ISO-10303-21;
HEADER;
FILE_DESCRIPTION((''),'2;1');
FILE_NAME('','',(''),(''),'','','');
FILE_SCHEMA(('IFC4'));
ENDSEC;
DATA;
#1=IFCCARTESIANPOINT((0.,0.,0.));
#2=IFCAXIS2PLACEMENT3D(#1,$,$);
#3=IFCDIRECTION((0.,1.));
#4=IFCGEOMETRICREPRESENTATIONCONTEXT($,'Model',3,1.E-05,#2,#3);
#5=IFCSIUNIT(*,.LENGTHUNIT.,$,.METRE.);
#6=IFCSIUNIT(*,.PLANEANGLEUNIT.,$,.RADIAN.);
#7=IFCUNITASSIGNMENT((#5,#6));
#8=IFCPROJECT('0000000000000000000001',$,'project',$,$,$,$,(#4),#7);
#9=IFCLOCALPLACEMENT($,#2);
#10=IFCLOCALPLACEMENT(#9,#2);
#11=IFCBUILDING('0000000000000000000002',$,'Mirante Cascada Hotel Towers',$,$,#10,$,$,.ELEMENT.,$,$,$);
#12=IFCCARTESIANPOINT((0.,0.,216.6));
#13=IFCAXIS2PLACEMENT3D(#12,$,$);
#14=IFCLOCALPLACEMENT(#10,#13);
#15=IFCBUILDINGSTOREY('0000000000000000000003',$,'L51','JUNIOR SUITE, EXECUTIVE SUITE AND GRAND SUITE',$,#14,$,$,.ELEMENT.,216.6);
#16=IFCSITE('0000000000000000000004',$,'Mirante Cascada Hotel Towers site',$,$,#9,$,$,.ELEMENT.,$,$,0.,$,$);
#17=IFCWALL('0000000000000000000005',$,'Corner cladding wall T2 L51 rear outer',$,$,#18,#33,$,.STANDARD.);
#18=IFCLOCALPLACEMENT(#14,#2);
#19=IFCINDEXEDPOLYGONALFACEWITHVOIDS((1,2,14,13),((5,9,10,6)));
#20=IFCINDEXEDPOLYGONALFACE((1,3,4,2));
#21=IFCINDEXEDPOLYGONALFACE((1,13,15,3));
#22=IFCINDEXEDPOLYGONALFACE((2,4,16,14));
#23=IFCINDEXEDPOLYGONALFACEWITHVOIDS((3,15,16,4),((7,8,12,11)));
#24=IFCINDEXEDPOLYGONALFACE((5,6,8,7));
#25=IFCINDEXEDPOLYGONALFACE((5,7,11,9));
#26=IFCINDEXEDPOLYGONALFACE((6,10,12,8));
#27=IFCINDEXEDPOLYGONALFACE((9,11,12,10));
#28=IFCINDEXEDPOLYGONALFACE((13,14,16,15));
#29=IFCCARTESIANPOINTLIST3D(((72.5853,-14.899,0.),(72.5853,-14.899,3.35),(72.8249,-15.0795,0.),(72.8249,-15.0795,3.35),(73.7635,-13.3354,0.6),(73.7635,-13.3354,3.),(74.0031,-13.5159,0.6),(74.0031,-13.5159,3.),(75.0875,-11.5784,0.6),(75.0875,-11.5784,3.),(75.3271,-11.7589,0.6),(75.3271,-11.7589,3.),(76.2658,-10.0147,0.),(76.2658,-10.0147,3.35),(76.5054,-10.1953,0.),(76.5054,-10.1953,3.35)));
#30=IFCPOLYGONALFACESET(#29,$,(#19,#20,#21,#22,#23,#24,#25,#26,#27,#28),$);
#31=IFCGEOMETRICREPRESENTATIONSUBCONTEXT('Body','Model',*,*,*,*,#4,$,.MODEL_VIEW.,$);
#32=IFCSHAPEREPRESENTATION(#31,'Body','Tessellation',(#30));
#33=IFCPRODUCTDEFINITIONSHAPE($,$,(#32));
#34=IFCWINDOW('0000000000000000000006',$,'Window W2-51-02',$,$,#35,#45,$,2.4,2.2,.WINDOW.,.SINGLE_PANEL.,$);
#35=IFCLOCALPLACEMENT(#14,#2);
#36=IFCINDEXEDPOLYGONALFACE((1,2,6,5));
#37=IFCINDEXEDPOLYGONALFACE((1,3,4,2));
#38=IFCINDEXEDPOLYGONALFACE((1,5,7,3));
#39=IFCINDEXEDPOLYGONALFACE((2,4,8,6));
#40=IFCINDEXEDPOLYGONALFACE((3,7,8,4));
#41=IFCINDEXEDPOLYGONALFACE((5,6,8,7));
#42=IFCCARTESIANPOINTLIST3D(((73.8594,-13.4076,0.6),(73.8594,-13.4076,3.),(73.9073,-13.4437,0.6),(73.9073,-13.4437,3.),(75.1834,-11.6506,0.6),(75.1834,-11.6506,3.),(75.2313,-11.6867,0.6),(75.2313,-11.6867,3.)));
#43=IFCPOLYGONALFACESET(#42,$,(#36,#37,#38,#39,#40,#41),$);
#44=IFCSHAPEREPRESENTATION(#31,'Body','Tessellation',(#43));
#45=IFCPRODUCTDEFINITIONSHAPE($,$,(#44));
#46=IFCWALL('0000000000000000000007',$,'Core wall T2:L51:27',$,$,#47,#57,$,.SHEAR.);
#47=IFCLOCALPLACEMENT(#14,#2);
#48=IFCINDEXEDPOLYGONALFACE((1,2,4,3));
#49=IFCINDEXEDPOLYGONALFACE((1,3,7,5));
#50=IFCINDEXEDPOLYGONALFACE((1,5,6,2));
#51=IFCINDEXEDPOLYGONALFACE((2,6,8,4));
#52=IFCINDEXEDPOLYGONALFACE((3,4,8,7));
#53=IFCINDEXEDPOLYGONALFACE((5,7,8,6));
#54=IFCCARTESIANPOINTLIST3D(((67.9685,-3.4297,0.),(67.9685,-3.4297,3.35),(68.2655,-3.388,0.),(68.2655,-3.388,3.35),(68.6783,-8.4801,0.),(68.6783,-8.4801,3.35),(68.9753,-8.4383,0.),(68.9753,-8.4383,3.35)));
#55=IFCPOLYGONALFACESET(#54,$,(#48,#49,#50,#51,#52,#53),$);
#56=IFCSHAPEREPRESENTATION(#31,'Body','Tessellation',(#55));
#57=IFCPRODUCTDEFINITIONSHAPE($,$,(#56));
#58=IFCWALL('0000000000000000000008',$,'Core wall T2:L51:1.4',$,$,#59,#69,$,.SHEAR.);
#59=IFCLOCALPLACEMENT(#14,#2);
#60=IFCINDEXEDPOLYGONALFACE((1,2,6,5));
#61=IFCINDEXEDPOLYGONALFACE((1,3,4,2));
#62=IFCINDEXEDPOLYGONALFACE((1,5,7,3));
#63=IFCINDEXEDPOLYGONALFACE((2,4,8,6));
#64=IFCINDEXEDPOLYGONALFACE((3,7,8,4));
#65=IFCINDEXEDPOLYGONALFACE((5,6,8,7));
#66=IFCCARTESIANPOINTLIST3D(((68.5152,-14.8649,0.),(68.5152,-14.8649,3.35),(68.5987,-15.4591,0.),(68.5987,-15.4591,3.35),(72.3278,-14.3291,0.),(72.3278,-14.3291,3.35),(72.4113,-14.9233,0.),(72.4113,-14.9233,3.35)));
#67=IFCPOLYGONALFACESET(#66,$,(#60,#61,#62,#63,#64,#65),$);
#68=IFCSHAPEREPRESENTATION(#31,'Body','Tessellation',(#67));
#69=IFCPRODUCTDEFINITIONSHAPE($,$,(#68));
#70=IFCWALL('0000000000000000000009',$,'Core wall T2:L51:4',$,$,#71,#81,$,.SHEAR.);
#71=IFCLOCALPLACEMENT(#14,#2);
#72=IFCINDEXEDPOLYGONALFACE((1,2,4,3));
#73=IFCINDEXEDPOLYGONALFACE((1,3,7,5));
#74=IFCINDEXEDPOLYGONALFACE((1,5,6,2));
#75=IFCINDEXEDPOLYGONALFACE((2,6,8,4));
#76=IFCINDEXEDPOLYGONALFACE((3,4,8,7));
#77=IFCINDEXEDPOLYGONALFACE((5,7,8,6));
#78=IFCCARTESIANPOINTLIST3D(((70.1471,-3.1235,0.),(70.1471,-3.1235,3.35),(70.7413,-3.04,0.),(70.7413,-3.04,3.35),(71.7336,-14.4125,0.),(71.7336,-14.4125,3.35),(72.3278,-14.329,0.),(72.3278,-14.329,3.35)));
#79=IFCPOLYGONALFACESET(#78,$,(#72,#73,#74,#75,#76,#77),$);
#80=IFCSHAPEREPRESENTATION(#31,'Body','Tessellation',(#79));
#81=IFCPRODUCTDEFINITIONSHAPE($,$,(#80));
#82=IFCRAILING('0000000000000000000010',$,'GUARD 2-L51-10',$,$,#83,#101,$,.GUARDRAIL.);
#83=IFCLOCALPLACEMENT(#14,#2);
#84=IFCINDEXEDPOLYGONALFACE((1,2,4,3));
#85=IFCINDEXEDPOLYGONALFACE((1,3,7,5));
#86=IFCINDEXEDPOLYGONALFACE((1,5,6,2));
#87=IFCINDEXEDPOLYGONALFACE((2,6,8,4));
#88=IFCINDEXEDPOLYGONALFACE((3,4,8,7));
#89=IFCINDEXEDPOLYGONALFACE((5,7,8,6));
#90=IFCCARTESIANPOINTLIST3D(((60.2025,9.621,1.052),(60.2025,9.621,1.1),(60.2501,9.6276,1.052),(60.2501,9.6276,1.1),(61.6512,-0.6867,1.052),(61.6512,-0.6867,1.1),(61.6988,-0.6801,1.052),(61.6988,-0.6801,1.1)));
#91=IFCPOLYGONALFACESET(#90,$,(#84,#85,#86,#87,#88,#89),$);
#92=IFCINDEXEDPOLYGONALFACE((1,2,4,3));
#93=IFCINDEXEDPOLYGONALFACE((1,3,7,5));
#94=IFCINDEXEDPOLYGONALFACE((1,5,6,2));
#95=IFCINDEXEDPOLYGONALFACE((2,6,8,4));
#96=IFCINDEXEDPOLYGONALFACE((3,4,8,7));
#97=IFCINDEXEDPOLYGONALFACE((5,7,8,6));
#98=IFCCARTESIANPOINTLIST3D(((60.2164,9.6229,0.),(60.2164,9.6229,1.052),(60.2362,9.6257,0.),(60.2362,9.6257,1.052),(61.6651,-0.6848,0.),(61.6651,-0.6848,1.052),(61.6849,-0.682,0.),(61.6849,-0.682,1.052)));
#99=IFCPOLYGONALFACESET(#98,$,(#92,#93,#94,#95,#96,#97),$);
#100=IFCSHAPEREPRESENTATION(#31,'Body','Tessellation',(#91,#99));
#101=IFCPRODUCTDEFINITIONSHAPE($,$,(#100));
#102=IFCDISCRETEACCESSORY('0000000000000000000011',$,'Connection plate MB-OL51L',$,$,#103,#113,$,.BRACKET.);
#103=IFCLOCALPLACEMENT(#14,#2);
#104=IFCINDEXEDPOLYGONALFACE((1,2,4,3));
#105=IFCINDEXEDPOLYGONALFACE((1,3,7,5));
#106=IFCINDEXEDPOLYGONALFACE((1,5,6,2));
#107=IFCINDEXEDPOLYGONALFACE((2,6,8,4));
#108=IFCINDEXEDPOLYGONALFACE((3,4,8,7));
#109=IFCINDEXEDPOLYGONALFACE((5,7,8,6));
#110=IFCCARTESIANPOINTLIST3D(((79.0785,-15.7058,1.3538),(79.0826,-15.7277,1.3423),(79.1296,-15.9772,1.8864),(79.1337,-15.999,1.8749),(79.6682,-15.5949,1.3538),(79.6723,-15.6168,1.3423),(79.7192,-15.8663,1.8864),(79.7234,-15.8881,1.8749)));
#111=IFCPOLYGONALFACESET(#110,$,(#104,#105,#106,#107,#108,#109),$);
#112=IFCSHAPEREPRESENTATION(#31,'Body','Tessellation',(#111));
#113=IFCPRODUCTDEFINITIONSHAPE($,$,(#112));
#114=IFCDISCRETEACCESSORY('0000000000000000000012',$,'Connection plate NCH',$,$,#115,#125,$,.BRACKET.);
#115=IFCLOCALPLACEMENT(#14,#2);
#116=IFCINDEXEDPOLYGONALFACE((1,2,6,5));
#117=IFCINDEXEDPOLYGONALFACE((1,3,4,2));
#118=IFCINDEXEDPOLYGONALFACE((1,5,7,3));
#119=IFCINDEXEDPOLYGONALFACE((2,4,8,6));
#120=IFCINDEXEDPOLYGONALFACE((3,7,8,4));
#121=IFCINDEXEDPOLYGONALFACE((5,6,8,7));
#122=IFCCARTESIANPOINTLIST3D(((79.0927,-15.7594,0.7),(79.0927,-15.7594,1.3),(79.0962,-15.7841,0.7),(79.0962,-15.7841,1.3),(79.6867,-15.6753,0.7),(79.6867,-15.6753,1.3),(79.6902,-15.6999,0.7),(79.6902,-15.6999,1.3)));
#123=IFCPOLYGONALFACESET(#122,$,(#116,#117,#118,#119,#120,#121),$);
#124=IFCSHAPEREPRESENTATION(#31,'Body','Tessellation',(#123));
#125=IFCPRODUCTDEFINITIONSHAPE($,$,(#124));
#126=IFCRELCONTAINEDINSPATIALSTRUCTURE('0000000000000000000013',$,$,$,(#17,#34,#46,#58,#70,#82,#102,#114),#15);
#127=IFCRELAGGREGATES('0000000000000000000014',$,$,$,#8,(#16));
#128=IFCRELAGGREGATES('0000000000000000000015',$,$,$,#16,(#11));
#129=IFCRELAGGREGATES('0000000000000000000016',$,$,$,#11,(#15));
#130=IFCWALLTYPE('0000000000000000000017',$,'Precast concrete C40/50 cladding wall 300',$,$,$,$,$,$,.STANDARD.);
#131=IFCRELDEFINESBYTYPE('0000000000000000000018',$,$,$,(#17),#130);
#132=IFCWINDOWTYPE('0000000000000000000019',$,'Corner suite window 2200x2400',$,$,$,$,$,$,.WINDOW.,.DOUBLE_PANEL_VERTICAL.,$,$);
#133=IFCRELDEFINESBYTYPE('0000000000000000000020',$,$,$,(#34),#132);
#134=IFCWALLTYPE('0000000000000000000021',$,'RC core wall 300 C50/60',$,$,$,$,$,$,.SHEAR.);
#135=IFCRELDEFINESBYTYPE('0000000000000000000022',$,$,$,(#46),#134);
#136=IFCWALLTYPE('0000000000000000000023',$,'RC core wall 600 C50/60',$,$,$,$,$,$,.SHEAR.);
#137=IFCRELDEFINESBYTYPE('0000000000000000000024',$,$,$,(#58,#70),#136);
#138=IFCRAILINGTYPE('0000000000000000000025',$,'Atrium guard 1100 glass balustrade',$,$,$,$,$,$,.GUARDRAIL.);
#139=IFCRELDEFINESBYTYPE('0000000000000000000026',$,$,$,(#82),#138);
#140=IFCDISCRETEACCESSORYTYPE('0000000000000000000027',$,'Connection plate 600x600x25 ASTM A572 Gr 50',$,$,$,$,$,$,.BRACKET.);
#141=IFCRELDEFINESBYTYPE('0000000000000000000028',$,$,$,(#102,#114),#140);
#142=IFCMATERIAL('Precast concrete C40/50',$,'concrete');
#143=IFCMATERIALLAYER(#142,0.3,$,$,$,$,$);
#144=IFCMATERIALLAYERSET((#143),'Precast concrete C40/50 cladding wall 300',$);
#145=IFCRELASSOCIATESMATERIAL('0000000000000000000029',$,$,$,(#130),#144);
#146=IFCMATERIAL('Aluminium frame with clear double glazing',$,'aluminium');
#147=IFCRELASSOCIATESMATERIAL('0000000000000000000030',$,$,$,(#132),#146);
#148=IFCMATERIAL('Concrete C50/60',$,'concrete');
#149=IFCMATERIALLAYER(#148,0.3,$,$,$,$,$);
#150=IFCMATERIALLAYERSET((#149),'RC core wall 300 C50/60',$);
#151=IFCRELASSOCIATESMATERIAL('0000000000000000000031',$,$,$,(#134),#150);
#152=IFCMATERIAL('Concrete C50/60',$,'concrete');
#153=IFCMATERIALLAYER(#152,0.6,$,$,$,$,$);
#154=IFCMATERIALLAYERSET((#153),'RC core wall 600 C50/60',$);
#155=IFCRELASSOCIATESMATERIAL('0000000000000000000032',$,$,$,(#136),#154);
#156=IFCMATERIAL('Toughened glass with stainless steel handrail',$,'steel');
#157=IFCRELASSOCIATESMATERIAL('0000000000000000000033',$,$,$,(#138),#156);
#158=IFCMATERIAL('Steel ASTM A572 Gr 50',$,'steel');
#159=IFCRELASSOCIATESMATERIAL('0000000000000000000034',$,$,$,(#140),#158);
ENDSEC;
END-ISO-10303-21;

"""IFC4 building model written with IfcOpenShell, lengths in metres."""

from ifc_helpers import new_model, si_unit, direction, frame, frame_2d, origin, origin_2d, place, context, subcontext, project, spatial, rectangle, extrude, material, layer, layer_set, material_profile, profile_set, type_object, element, fill, save


model = new_model("IFC4")

# Units and contexts
model_context = context("Model", 3, precision=1e-05, world=origin(), true_north=direction((0.0, 1.0)))
body_context = subcontext(model_context, "Body", "Model", "MODEL_VIEW")
ifc_project = project(units=[si_unit("LENGTHUNIT", "METRE"), si_unit("PLANEANGLEUNIT", "RADIAN")], contexts=[model_context])

# Site, building, storey
site_placement = place(None, origin())
site = spatial("IfcSite", under=ifc_project, at=site_placement, Name="Mirante Cascada Hotel Towers site", CompositionType="ELEMENT", RefElevation=0.0)
building_placement = place(site_placement, origin())
building = spatial("IfcBuilding", under=site, at=building_placement, Name="Mirante Cascada Hotel Towers", CompositionType="ELEMENT")
storey_placement = place(building_placement, frame((0.0, 0.0, 216.6)))
storey = spatial("IfcBuildingStorey", under=building, at=storey_placement, Name="L51", Description="JUNIOR SUITE, EXECUTIVE SUITE AND GRAND SUITE", CompositionType="ELEMENT", Elevation=216.6)

# Wall, opening, window
ifc_material_1 = material(Name="Precast concrete C40/50", Category="concrete")
ifc_layer_1 = layer(ifc_material_1, 0.3)
ifc_layer_set_1 = layer_set([ifc_layer_1], Name="Precast concrete C40/50 cladding wall 300")
wall_type_1 = type_object("IfcWallType", Name="Precast concrete C40/50 cladding wall 300", PredefinedType="STANDARD", material=ifc_layer_set_1)
wall_1_placement = place(storey_placement, frame((72.7051, -14.9892, 0.0), z_axis=(0.0, 0.0, 1.0), x_axis=(0.601814, 0.798636, 0.0)))
wall_1 = element("IfcWall", 1, at=wall_1_placement, inside=storey, type_object=wall_type_1, Name="Corner cladding wall T2 L51 rear outer", PredefinedType="STANDARD", context=body_context, shape_type="SweptSolid", body=[
    extrude(rectangle(XDim=6.1157, YDim=0.3, at=frame_2d((3.0578, 0.0))), origin(), (0.0, 0.0, 1.0), 3.35),
])
opening_1_placement = place(wall_1_placement, frame((1.9578, 0.0, 0.6)))
opening_1 = element("IfcOpeningElement", 2, at=opening_1_placement, cuts=wall_1, PredefinedType="OPENING", context=body_context, shape_type="SweptSolid", body=[
    extrude(rectangle(XDim=2.2, YDim=2.4, at=frame_2d((1.1, 1.2))), frame((0.0, 0.15, 0.0), z_axis=(0.0, -1.0, 0.0), x_axis=(1.0, 0.0, 0.0)), (0.0, 0.0, 1.0), 0.3),
])
ifc_material_2 = material(Name="Aluminium frame with clear double glazing", Category="aluminium")
window_type = type_object("IfcWindowType", Name="Corner suite window 2200x2400", PartitioningType="DOUBLE_PANEL_VERTICAL", PredefinedType="WINDOW", material=ifc_material_2)
window_placement = place(opening_1_placement, origin())
window = element("IfcWindow", 3, at=window_placement, inside=storey, type_object=window_type, Name="Window W2-51-02", OverallHeight=2.4, OverallWidth=2.2, PartitioningType="SINGLE_PANEL", PredefinedType="WINDOW", context=body_context, shape_type="SweptSolid", body=[
    extrude(rectangle(XDim=2.2, YDim=2.4, at=frame_2d((1.1, 1.2))), frame((0.0, 0.03, 0.0), z_axis=(0.0, -1.0, 0.0), x_axis=(1.0, 0.0, 0.0)), (0.0, 0.0, 1.0), 0.06),
])
fill(opening_1, window)

# Walls
ifc_material_3 = material(Name="Concrete C50/60", Category="concrete")
ifc_layer_2 = layer(ifc_material_3, 0.3)
ifc_layer_set_2 = layer_set([ifc_layer_2], Name="RC core wall 300 C50/60")
wall_type_2 = type_object("IfcWallType", Name="RC core wall 300 C50/60", PredefinedType="SHEAR", material=ifc_layer_set_2)
wall_2_placement = place(storey_placement, frame((68.8268, -8.4592, 0.0), z_axis=(0.0, 0.0, 1.0), x_axis=(-0.139176, 0.990268, 0.0)))
element("IfcWall", 4, at=wall_2_placement, inside=storey, type_object=wall_type_2, Name="Core wall T2:L51:27", PredefinedType="SHEAR", context=body_context, shape_type="SweptSolid", body=[
    extrude(rectangle(XDim=5.1, YDim=0.3, at=frame_2d((2.55, 0.0))), origin(), (0.0, 0.0, 1.0), 3.35),
])
ifc_material_4 = material(Name="Concrete C50/60", Category="concrete")
ifc_layer_3 = layer(ifc_material_4, 0.6)
ifc_layer_set_3 = layer_set([ifc_layer_3], Name="RC core wall 600 C50/60")
wall_type_3 = type_object("IfcWallType", Name="RC core wall 600 C50/60", PredefinedType="SHEAR", material=ifc_layer_set_3)
wall_3_placement = place(storey_placement, frame((68.557, -15.162, 0.0), z_axis=(0.0, 0.0, 1.0), x_axis=(0.990269, 0.139166, 0.0)))
element("IfcWall", 5, at=wall_3_placement, inside=storey, type_object=wall_type_3, Name="Core wall T2:L51:1.4", PredefinedType="SHEAR", context=body_context, shape_type="SweptSolid", body=[
    extrude(rectangle(XDim=3.8501, YDim=0.6, at=frame_2d((1.925, 0.0))), origin(), (0.0, 0.0, 1.0), 3.35),
])
wall_4_placement = place(storey_placement, frame((72.0307, -14.3708, 0.0), z_axis=(0.0, 0.0, 1.0), x_axis=(-0.139167, 0.990269, 0.0)))
element("IfcWall", 6, at=wall_4_placement, inside=storey, type_object=wall_type_3, Name="Core wall T2:L51:4", PredefinedType="SHEAR", context=body_context, shape_type="SweptSolid", body=[
    extrude(rectangle(XDim=11.3999, YDim=0.6, at=frame_2d((5.7, 0.0))), origin(), (0.0, 0.0, 1.0), 3.35),
])

# Railing
ifc_material_5 = material(Name="Toughened glass with stainless steel handrail", Category="steel")
railing_type = type_object("IfcRailingType", Name="Atrium guard 1100 glass balustrade", PredefinedType="GUARDRAIL", material=ifc_material_5)
railing_placement = place(storey_placement, frame((61.675, -0.6834, 0.0)))
element("IfcRailing", 7, at=railing_placement, inside=storey, type_object=railing_type, Name="GUARD 2-L51-10", PredefinedType="GUARDRAIL", context=body_context, shape_type="SweptSolid", body=[
    extrude(rectangle(XDim=0.048, YDim=0.048, at=origin_2d()), frame((0.0, 0.0, 1.076), z_axis=(-0.139178, 0.990267, 0.0), x_axis=(-0.990267, -0.139178, 0.0)), (0.0, 0.0, 1.0), 10.409),
    extrude(rectangle(XDim=0.02, YDim=1.052, at=origin_2d()), frame((0.0, 0.0, 0.526), z_axis=(-0.139178, 0.990267, 0.0), x_axis=(-0.990267, -0.139178, 0.0)), (0.0, 0.0, 1.0), 10.409),
])

# Discrete accessories
ifc_material_6 = material(Name="Steel ASTM A572 Gr 50", Category="steel")
ifc_material_profile_1 = material_profile(ifc_material_6, rectangle(XDim=0.6, YDim=0.6, at=origin_2d()), Name="Connection plate 600x600x25 ASTM A572 Gr 50")
ifc_profile_set_1 = profile_set([ifc_material_profile_1], Name="Steel ASTM A572 Gr 50")
discrete_accessory_type = type_object("IfcDiscreteAccessoryType", Name="Connection plate 600x600x25 ASTM A572 Gr 50", PredefinedType="BRACKET", material=ifc_profile_set_1)
discrete_accessory_1_placement = place(storey_placement, frame((79.403, -15.8079, 1.6086), z_axis=(-0.164092, 0.872489, 0.460258), x_axis=(-0.98277, -0.184833, 0.0)))
element("IfcDiscreteAccessory", 8, at=discrete_accessory_1_placement, inside=storey, type_object=discrete_accessory_type, Name="Connection plate MB-OL51L", PredefinedType="BRACKET", context=body_context, shape_type="SweptSolid", body=[
    extrude(rectangle(XDim=0.6, YDim=0.6, at=origin_2d()), origin(), (0.0, 0.0, 1.0), 0.025),
])
discrete_accessory_2_placement = place(storey_placement, frame((79.3932, -15.742, 1.0), z_axis=(-0.140299, 0.990109, 0.0), x_axis=(-0.990109, -0.140299, 0.0)))
element("IfcDiscreteAccessory", 9, at=discrete_accessory_2_placement, inside=storey, type_object=discrete_accessory_type, Name="Connection plate NCH", PredefinedType="BRACKET", context=body_context, shape_type="SweptSolid", body=[
    extrude(rectangle(XDim=0.6, YDim=0.6, at=origin_2d()), origin(), (0.0, 0.0, 1.0), 0.0249),
])

save(model, "model.ifc")
